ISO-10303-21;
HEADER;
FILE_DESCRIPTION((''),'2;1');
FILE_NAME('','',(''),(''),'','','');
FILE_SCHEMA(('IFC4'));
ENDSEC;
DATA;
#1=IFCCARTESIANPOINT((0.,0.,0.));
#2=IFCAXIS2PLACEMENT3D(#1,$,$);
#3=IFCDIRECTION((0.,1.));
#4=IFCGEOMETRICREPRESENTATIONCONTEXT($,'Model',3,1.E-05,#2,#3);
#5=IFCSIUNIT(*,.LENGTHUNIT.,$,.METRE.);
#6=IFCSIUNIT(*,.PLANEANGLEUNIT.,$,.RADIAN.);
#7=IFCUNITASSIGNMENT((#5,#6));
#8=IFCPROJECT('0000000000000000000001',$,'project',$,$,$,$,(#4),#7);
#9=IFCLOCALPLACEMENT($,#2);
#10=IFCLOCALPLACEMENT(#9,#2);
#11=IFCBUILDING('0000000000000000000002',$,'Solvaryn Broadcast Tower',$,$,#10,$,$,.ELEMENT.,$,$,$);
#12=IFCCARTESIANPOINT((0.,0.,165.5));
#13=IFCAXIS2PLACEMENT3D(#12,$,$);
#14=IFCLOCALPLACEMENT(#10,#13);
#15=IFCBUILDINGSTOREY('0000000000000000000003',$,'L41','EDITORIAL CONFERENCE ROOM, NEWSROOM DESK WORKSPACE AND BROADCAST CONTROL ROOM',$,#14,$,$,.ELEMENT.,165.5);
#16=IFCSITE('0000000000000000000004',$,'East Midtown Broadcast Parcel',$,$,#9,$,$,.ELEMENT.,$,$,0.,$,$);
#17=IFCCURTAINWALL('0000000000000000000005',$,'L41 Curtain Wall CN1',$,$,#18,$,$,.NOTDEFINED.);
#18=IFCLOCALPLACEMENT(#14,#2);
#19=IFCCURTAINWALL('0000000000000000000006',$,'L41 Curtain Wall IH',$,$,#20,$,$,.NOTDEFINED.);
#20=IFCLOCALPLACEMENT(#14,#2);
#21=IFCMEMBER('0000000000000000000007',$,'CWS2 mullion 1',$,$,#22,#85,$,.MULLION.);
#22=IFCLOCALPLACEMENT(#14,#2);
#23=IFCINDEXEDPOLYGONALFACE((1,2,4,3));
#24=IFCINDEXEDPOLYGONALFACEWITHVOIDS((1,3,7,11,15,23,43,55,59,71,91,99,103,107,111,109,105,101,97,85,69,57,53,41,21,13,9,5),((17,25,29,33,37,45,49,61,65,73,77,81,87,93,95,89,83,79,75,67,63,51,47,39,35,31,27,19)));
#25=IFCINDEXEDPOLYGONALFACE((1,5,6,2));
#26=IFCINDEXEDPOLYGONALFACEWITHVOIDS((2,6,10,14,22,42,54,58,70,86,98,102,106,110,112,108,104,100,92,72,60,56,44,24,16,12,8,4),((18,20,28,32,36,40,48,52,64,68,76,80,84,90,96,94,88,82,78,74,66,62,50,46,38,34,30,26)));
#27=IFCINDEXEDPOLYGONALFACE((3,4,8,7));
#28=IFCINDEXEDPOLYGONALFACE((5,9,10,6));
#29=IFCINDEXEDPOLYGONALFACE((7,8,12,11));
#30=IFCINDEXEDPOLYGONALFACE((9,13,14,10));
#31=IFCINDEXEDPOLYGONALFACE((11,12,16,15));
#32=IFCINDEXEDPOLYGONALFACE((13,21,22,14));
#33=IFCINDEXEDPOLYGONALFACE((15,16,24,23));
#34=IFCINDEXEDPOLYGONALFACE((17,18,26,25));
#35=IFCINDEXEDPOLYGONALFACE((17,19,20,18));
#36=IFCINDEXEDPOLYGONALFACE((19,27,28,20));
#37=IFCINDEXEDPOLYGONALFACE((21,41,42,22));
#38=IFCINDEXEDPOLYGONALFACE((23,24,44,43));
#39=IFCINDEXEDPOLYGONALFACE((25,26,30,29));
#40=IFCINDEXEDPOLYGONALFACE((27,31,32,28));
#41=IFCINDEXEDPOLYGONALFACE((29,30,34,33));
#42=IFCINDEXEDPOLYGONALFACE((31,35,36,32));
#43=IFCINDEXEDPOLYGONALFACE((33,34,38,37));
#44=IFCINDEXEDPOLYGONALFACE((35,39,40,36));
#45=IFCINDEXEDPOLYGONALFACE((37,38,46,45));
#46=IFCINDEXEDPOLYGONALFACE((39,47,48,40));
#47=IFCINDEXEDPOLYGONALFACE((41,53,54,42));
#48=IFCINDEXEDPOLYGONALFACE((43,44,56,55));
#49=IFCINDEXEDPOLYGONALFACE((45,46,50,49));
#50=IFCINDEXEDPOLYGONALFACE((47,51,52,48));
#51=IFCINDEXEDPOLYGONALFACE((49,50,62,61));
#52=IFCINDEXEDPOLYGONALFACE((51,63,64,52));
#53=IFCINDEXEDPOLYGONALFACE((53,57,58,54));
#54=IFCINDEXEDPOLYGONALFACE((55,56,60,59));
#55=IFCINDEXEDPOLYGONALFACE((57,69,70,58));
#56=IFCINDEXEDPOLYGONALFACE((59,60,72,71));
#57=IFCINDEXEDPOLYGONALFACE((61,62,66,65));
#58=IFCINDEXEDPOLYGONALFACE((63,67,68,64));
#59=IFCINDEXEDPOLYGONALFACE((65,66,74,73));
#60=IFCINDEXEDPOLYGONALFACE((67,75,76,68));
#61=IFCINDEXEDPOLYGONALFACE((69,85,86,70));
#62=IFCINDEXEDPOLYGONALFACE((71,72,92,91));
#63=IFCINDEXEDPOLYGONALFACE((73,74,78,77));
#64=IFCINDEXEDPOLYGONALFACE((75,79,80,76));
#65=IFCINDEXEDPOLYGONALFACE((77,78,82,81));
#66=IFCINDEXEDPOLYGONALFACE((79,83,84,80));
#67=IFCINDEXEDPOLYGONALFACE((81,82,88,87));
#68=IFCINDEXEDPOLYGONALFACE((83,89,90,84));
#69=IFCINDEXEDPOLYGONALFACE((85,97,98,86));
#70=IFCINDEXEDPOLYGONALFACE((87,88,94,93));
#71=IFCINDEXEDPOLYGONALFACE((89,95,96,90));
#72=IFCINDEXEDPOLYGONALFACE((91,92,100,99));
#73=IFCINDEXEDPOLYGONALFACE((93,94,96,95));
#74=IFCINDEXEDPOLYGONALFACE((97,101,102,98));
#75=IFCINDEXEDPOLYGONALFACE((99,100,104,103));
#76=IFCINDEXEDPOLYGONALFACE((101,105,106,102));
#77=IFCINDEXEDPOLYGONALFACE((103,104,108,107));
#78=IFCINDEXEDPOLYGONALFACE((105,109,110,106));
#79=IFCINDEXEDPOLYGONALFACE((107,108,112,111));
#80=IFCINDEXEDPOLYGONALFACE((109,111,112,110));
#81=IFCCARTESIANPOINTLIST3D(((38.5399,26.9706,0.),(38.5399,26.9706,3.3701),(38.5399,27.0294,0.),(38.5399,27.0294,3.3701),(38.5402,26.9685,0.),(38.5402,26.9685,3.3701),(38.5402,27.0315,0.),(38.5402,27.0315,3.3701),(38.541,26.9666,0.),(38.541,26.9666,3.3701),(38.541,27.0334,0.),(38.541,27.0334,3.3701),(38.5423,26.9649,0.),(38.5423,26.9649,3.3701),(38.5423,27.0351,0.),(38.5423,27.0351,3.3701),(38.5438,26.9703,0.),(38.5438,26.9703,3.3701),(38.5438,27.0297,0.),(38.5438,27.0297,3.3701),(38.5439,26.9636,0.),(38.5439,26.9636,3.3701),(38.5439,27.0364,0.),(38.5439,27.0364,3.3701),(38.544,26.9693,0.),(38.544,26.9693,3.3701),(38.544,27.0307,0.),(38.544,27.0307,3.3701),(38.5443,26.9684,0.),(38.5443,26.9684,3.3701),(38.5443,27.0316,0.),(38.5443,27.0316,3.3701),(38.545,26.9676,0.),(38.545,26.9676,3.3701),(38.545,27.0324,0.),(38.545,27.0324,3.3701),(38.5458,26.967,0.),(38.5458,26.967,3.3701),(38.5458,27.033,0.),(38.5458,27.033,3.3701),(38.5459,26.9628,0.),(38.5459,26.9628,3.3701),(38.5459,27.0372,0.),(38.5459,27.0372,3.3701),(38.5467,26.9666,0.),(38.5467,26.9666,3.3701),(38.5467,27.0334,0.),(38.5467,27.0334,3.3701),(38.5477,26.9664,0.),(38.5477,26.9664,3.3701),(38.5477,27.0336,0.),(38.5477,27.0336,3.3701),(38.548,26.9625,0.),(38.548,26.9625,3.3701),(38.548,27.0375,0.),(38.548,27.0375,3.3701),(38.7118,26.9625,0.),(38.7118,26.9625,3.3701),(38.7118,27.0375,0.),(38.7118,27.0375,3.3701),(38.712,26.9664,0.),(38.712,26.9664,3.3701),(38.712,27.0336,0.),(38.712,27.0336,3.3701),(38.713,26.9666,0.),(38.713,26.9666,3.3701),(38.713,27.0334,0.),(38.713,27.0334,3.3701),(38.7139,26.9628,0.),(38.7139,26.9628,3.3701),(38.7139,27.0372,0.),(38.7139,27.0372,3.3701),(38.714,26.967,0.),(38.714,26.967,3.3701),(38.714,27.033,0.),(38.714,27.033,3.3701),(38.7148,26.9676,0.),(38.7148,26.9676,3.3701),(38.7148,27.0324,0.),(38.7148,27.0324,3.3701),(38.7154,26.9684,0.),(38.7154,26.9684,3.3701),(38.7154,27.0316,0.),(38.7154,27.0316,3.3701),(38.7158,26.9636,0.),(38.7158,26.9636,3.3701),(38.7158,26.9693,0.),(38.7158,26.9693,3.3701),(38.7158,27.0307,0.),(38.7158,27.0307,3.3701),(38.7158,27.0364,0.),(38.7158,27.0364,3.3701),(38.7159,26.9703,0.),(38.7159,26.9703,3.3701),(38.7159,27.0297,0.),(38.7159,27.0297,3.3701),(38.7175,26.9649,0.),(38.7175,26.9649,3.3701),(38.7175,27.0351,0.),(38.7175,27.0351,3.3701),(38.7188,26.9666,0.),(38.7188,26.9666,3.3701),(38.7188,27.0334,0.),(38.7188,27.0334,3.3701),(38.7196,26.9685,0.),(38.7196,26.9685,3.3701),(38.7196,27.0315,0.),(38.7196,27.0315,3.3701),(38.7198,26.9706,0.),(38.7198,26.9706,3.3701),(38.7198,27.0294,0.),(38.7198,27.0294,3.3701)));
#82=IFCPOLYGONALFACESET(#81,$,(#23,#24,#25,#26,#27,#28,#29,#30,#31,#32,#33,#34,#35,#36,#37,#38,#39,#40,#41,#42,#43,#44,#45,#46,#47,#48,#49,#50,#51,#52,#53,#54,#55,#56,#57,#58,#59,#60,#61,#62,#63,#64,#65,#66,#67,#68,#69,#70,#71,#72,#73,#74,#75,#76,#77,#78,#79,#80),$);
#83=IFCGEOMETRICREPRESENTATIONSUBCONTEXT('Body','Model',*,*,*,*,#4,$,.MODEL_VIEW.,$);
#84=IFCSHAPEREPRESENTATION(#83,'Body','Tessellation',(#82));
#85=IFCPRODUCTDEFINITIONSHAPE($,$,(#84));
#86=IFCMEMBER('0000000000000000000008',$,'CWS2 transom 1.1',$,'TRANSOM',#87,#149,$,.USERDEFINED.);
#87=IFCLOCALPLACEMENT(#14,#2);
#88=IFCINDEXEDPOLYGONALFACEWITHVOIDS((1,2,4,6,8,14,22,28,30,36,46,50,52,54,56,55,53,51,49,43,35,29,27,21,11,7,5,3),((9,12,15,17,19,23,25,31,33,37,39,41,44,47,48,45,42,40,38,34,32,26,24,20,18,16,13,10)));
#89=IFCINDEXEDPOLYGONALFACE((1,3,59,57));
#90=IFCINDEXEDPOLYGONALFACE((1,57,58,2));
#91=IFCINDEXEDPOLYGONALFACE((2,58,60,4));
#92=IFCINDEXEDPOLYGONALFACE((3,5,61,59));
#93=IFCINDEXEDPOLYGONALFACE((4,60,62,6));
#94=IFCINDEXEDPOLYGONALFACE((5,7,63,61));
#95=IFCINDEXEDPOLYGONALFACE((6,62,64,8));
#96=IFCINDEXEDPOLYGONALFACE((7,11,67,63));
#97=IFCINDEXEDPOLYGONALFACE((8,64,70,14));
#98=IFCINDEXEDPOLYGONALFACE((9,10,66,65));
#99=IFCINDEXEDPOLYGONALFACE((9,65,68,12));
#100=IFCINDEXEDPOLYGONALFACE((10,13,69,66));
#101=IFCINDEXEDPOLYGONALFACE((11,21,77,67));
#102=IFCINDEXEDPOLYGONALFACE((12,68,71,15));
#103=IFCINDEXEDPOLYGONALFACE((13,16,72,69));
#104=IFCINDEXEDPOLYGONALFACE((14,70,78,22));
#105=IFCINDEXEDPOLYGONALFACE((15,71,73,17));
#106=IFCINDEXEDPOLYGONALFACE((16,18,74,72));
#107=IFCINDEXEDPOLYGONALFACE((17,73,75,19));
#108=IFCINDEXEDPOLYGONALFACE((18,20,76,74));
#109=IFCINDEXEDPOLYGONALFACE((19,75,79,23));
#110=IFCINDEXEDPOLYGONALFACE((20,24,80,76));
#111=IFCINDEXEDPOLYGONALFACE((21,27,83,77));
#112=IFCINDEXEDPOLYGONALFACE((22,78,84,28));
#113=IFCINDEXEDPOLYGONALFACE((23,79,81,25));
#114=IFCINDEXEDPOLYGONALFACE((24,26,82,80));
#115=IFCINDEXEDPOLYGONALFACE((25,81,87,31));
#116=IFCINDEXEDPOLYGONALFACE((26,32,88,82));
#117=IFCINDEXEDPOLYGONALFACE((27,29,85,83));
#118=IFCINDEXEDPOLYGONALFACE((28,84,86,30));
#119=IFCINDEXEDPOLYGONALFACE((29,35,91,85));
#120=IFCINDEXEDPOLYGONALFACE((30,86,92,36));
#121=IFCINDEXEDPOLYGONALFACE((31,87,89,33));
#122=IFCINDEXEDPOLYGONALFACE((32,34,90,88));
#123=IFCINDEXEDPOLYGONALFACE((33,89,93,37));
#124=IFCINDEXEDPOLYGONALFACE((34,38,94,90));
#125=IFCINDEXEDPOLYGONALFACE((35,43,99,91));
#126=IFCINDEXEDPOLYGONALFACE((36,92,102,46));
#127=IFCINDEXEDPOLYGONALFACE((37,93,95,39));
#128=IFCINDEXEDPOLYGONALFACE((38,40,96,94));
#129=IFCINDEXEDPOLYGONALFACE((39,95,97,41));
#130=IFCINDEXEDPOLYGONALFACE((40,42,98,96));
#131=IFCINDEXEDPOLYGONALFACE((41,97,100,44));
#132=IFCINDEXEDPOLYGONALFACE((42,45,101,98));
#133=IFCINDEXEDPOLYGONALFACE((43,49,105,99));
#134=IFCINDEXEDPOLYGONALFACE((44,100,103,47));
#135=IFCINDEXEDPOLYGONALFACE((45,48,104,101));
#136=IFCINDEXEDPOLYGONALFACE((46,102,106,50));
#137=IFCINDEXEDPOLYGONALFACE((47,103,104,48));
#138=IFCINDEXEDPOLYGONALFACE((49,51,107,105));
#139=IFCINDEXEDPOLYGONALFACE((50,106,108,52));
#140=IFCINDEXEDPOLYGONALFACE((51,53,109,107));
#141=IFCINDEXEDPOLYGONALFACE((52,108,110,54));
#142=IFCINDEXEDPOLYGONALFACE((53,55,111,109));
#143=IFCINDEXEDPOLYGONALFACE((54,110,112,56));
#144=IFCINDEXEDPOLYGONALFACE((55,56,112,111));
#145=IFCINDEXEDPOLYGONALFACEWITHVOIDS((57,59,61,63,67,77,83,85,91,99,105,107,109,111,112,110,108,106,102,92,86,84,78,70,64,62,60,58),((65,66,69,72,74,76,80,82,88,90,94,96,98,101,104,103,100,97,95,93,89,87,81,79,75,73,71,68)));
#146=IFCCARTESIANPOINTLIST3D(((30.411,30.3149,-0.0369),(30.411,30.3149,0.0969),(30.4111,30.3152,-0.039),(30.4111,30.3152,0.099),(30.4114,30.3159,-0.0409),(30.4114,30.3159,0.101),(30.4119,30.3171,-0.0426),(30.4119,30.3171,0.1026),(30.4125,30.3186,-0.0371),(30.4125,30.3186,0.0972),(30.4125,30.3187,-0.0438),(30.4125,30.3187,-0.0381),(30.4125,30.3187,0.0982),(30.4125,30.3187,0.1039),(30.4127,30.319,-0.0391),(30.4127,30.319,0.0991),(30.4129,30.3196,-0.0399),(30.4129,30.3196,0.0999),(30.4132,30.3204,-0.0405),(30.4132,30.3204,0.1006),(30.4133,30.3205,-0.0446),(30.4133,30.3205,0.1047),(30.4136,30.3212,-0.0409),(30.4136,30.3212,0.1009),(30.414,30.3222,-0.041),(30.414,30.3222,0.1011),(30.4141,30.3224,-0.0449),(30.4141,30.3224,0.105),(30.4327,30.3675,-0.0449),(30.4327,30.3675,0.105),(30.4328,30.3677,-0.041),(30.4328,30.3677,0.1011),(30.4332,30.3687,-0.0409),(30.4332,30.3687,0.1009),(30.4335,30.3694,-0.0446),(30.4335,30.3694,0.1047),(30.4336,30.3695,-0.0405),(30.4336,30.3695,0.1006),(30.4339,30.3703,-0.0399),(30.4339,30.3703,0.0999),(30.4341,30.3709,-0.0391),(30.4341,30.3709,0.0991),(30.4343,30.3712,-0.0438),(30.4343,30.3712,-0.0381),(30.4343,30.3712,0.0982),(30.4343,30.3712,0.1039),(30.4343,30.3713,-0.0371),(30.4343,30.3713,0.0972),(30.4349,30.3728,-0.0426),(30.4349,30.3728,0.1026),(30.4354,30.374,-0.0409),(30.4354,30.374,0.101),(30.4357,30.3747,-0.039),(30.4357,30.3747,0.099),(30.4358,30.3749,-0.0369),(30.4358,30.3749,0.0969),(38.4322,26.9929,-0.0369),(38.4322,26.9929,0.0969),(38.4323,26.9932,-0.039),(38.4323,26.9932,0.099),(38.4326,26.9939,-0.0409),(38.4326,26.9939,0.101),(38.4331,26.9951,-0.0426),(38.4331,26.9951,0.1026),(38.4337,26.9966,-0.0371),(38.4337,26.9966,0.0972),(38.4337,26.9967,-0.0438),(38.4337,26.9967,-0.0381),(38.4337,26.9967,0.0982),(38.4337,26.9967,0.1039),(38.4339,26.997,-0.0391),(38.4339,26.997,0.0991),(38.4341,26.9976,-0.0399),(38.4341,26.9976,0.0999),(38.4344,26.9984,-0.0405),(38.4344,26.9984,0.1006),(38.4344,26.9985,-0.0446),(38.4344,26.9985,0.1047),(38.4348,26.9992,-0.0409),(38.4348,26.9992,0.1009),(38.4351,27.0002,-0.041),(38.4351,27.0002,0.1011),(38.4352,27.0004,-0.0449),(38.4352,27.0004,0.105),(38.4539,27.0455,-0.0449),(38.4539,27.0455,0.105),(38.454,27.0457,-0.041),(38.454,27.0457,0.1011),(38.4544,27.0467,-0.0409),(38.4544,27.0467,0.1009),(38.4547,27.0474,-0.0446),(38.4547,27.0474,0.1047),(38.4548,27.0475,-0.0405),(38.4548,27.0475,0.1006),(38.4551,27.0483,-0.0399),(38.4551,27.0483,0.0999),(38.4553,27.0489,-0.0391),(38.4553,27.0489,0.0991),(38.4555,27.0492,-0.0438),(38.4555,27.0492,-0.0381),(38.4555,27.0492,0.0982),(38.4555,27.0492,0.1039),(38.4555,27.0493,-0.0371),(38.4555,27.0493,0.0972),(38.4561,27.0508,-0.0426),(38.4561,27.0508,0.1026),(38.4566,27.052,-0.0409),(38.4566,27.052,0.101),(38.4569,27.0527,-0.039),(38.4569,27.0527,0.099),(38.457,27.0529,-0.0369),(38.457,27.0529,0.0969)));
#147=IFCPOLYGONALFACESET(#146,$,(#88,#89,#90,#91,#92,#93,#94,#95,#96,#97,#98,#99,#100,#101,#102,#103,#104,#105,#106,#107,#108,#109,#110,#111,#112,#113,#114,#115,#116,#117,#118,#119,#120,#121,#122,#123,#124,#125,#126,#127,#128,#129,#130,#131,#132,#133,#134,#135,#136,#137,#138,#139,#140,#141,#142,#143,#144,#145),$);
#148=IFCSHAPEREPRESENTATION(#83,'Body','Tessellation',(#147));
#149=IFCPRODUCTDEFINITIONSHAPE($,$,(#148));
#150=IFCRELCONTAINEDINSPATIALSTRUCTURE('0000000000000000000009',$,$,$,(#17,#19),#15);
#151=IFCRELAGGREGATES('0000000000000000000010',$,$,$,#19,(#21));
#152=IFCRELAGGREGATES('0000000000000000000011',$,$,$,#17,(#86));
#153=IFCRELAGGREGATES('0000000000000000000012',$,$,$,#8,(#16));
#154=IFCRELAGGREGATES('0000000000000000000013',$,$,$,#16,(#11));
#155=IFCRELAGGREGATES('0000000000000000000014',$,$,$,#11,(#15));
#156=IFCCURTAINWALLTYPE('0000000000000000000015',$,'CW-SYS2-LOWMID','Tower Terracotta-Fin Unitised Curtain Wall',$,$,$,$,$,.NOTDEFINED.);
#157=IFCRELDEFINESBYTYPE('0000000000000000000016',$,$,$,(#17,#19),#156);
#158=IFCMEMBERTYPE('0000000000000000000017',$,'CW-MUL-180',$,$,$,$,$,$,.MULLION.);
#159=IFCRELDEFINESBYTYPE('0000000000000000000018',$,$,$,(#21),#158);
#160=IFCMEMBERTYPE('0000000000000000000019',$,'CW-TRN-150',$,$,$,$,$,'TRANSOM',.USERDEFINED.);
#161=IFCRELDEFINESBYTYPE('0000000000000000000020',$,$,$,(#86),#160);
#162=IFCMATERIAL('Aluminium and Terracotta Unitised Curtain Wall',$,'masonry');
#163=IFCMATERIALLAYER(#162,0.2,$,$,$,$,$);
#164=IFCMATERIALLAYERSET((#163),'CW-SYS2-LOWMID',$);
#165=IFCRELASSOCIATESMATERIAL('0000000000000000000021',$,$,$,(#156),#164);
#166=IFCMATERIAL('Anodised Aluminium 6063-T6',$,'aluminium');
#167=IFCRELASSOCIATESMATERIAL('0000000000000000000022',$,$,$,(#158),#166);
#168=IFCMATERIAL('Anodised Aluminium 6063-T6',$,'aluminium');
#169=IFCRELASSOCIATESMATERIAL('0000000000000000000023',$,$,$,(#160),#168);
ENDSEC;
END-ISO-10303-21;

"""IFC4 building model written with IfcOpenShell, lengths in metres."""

from ifc_helpers import new_model, si_unit, direction, frame, origin, origin_2d, place, context, subcontext, project, spatial, hollow_rectangle, extrude, material, layer, layer_set, material_profile, profile_set, type_object, element, aggregate, save


model = new_model("IFC4")

# Units and contexts
model_context = context("Model", 3, precision=1e-05, world=origin(), true_north=direction((0.0, 1.0)))
body_context = subcontext(model_context, "Body", "Model", "MODEL_VIEW")
ifc_project = project(units=[si_unit("LENGTHUNIT", "METRE"), si_unit("PLANEANGLEUNIT", "RADIAN")], contexts=[model_context])

# Site, building, storey
site_placement = place(None, origin())
site = spatial("IfcSite", under=ifc_project, at=site_placement, Name="East Midtown Broadcast Parcel", CompositionType="ELEMENT", RefElevation=0.0)
building_placement = place(site_placement, origin())
building = spatial("IfcBuilding", under=site, at=building_placement, Name="Solvaryn Broadcast Tower", CompositionType="ELEMENT")
storey_placement = place(building_placement, frame((0.0, 0.0, 165.5)))
storey = spatial("IfcBuildingStorey", under=building, at=storey_placement, Name="L41", Description="EDITORIAL CONFERENCE ROOM, NEWSROOM DESK WORKSPACE AND BROADCAST CONTROL ROOM", CompositionType="ELEMENT", Elevation=165.5)

# Curtain walls, member
ifc_material_1 = material(Name="Aluminium and Terracotta Unitised Curtain Wall", Category="masonry")
ifc_layer_1 = layer(ifc_material_1, 0.2)
ifc_layer_set_1 = layer_set([ifc_layer_1], Name="CW-SYS2-LOWMID")
curtain_wall_type = type_object("IfcCurtainWallType", Name="CW-SYS2-LOWMID", Description="Tower Terracotta-Fin Unitised Curtain Wall", PredefinedType="NOTDEFINED", material=ifc_layer_set_1)
curtain_wall_1_placement = place(storey_placement, origin())
curtain_wall_1 = element("IfcCurtainWall", 1, at=curtain_wall_1_placement, inside=storey, type_object=curtain_wall_type, Name="L41 Curtain Wall CN1", PredefinedType="NOTDEFINED")
ifc_material_2 = material(Name="Anodised Aluminium 6063-T6", Category="aluminium")
ifc_material_profile_1 = material_profile(ifc_material_2, hollow_rectangle(XDim=0.075, YDim=0.1799, WallThickness=0.0039, InnerFilletRadius=0.0039, OuterFilletRadius=0.0081, at=origin_2d()))
ifc_profile_set_1 = profile_set([ifc_material_profile_1], Name="Anodised Aluminium 6063-T6")
member_type_1 = type_object("IfcMemberType", Name="CW-MUL-180", PredefinedType="MULLION", material=ifc_profile_set_1)
curtain_wall_2_placement = place(storey_placement, origin())
curtain_wall_2 = element("IfcCurtainWall", 2, at=curtain_wall_2_placement, inside=storey, type_object=curtain_wall_type, Name="L41 Curtain Wall IH", PredefinedType="NOTDEFINED")
member_1_placement = place(storey_placement, frame((38.6299, 27.0, 0.0), z_axis=(0.0, 0.0, 1.0), x_axis=(0.0, 1.0, 0.0)))
member_1 = element("IfcMember", 3, at=member_1_placement, type_object=member_type_1, Name="CWS2 mullion 1", PredefinedType="MULLION", context=body_context, shape_type="SweptSolid", body=[
    extrude(hollow_rectangle(XDim=0.075, YDim=0.1799, WallThickness=0.0039, InnerFilletRadius=0.0039, OuterFilletRadius=0.0081, at=origin_2d()), origin(), (0.0, 0.0, 1.0), 3.3701),
])
aggregate(curtain_wall_2, [member_1])

# Member
ifc_material_3 = material(Name="Anodised Aluminium 6063-T6", Category="aluminium")
ifc_material_profile_2 = material_profile(ifc_material_3, hollow_rectangle(XDim=0.0649, YDim=0.1499, WallThickness=0.0039, InnerFilletRadius=0.0039, OuterFilletRadius=0.0081, at=origin_2d()))
ifc_profile_set_2 = profile_set([ifc_material_profile_2], Name="Anodised Aluminium 6063-T6")
member_type_2 = type_object("IfcMemberType", Name="CW-TRN-150", ElementType="TRANSOM", PredefinedType="USERDEFINED", material=ifc_profile_set_2)
member_2_placement = place(storey_placement, frame((38.4446, 27.0229, 0.03), z_axis=(-0.923899, 0.382636, 0.0), x_axis=(-0.382636, -0.923899, 0.0)))
member_2 = element("IfcMember", 4, at=member_2_placement, type_object=member_type_2, Name="CWS2 transom 1.1", ObjectType="TRANSOM", PredefinedType="USERDEFINED", context=body_context, shape_type="SweptSolid", body=[
    extrude(hollow_rectangle(XDim=0.0649, YDim=0.1499, WallThickness=0.0039, InnerFilletRadius=0.0039, OuterFilletRadius=0.0081, at=origin_2d()), origin(), (0.0, 0.0, 1.0), 8.6819),
])
aggregate(curtain_wall_1, [member_2])

save(model, "model.ifc")
